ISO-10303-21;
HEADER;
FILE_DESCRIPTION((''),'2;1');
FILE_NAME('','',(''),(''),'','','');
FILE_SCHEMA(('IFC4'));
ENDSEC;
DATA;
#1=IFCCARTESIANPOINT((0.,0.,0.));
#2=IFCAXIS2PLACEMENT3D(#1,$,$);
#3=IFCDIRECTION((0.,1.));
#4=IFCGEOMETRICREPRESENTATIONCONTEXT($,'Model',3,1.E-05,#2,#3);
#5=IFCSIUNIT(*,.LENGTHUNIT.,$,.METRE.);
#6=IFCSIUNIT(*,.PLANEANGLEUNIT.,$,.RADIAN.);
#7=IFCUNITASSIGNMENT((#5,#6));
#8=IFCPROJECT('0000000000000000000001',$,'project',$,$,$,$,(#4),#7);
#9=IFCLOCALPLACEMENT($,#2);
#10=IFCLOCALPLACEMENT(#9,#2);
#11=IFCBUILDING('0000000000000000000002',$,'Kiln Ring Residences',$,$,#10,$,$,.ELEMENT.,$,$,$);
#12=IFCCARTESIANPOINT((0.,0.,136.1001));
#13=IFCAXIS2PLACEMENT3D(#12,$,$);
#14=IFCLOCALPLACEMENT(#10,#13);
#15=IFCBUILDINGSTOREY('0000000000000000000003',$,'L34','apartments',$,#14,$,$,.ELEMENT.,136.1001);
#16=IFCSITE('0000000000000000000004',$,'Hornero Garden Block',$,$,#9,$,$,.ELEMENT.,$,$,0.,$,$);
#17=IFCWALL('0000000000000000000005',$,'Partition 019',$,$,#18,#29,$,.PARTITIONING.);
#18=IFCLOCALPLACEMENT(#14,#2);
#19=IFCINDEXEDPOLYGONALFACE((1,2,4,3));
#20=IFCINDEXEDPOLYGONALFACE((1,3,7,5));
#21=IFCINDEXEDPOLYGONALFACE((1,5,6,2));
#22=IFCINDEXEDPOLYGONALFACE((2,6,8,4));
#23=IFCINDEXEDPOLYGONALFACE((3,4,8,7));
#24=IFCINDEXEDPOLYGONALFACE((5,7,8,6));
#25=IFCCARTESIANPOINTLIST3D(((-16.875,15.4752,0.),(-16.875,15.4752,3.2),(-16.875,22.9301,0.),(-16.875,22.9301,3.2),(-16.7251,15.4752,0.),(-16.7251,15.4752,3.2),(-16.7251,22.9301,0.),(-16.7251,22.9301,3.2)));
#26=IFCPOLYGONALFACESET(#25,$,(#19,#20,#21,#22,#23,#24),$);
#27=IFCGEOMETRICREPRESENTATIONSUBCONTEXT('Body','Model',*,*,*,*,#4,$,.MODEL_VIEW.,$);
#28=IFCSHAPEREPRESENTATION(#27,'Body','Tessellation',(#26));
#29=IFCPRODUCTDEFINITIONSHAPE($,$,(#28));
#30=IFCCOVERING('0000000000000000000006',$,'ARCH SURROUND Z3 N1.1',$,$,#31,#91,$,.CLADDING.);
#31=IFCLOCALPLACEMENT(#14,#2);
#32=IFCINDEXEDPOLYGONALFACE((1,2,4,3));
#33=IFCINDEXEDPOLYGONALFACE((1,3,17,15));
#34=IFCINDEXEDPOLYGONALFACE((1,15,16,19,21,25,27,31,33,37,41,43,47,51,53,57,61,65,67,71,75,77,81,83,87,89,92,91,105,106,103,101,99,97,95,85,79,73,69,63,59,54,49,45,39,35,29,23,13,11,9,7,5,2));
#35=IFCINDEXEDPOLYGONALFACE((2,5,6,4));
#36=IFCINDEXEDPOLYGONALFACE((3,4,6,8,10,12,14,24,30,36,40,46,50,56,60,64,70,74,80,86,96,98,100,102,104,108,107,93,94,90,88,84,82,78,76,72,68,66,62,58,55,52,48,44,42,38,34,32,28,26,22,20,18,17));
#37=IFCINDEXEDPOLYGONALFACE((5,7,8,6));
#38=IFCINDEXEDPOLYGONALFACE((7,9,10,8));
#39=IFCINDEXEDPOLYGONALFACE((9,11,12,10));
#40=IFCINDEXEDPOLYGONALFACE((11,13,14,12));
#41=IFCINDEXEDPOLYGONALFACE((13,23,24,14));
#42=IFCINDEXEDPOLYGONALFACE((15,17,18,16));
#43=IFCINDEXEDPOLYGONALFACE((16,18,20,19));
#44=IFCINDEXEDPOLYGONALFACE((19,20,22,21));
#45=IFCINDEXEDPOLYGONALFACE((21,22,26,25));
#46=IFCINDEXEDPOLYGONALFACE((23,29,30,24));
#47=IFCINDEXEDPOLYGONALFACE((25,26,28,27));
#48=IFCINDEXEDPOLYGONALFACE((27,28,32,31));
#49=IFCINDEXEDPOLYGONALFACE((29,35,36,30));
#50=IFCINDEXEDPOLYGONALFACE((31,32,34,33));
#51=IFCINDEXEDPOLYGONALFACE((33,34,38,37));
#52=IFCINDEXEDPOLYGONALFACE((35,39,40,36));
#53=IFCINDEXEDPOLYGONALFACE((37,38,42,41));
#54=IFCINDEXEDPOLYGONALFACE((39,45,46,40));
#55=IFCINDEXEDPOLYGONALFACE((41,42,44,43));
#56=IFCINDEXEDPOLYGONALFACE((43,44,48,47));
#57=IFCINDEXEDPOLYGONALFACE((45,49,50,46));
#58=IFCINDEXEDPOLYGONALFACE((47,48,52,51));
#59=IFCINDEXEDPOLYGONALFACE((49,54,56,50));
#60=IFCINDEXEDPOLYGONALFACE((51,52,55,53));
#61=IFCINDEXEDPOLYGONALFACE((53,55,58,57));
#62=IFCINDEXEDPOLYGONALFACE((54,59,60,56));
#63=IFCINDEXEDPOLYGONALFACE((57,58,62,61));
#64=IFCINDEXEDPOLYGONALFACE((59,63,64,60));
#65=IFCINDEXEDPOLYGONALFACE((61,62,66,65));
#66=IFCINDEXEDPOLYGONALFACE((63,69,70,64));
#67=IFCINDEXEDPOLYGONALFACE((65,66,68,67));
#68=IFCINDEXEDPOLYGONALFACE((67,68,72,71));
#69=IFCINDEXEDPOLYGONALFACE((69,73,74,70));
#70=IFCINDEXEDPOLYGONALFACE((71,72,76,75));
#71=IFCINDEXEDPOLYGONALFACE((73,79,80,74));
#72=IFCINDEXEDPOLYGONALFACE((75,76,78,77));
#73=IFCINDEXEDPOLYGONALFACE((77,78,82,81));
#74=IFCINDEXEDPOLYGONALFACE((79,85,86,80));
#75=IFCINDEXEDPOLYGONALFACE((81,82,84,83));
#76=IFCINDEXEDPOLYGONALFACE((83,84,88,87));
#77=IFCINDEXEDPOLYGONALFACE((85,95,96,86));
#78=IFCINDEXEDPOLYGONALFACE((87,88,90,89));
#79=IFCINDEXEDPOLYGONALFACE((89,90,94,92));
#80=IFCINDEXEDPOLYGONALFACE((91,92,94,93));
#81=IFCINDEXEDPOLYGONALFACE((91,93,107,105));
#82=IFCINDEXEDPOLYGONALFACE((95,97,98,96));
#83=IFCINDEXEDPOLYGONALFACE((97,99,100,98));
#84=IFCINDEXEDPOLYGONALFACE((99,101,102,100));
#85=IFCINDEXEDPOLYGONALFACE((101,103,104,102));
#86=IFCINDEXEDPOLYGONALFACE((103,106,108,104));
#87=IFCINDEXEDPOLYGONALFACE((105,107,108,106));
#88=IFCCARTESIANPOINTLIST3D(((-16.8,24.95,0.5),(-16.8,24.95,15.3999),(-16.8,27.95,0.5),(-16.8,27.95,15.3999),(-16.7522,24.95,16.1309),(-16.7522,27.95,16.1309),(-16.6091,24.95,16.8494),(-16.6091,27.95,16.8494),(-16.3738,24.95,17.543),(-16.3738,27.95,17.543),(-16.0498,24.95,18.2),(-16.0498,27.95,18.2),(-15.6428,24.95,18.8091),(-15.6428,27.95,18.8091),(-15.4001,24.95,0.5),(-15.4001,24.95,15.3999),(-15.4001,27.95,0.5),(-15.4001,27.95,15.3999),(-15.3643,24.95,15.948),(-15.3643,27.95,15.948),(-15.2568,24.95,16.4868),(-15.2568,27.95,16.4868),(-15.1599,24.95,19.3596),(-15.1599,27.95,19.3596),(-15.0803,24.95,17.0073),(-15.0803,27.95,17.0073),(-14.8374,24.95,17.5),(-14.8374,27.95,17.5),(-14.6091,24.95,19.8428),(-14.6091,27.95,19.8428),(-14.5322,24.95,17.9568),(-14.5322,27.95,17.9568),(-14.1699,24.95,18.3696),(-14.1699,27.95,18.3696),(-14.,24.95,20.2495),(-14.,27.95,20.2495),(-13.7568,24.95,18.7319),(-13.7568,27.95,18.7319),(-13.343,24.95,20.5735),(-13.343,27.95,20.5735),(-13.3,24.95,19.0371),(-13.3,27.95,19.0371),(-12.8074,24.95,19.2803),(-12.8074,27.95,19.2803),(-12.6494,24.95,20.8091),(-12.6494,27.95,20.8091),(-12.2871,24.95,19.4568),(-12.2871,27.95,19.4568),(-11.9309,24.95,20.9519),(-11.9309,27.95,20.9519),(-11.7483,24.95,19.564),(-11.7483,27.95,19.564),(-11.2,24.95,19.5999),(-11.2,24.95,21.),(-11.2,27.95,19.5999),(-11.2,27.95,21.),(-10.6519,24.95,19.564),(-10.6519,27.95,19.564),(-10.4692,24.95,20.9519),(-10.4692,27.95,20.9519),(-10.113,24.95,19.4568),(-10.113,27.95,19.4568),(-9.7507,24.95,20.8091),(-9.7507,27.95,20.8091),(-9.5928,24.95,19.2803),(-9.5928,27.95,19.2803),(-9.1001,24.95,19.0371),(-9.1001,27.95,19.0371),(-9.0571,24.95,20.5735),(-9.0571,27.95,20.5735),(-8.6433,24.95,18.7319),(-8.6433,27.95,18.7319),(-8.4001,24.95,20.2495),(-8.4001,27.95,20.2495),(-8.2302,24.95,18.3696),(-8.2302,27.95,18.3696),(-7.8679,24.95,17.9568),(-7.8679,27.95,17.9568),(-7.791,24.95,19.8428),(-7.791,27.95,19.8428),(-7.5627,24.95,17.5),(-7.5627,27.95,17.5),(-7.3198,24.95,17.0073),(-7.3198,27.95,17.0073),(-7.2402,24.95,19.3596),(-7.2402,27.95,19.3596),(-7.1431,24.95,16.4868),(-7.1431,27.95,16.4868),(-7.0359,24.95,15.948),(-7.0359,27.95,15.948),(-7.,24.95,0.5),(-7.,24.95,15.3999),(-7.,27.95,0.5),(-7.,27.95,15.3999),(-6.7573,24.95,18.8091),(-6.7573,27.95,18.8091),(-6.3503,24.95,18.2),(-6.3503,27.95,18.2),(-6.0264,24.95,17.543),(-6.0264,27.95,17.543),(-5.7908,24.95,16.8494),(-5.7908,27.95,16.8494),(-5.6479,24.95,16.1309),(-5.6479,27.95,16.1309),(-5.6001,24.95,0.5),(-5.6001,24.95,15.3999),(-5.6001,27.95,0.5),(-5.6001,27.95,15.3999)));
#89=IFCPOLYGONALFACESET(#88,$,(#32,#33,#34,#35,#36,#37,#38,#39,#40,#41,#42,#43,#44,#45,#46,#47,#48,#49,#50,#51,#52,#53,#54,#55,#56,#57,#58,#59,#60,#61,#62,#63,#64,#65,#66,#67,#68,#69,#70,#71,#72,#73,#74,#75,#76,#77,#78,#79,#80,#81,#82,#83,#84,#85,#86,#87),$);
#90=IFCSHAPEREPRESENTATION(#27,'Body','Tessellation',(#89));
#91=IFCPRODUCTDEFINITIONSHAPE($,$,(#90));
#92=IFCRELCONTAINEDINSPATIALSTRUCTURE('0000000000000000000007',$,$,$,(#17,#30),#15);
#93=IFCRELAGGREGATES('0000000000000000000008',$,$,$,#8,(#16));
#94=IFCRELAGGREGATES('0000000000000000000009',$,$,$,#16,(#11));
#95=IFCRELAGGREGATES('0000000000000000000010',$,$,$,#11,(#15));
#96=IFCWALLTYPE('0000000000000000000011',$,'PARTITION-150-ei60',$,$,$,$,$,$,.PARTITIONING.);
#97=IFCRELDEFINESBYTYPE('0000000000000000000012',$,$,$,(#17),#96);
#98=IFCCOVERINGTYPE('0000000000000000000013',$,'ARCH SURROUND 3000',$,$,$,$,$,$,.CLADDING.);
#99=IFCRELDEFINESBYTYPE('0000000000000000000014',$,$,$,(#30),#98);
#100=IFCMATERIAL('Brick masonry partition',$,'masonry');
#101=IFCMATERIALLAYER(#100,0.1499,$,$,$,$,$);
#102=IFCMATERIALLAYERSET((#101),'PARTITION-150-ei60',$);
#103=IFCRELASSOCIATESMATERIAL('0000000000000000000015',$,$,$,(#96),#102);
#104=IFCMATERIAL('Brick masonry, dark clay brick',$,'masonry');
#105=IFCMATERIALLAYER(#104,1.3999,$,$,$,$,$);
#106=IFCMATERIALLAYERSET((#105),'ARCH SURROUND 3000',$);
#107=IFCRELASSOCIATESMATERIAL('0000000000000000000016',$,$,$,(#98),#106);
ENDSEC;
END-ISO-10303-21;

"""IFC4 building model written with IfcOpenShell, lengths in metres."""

from ifc_helpers import new_model, si_unit, direction, frame, frame_2d, origin, place, context, subcontext, project, spatial, polyline, rectangle, outline, extrude, material, layer, layer_set, type_object, element, save


model = new_model("IFC4")

# Units and contexts
model_context = context("Model", 3, precision=1e-05, world=origin(), true_north=direction((0.0, 1.0)))
body_context = subcontext(model_context, "Body", "Model", "MODEL_VIEW")
ifc_project = project(units=[si_unit("LENGTHUNIT", "METRE"), si_unit("PLANEANGLEUNIT", "RADIAN")], contexts=[model_context])

# Site, building, storey
site_placement = place(None, origin())
site = spatial("IfcSite", under=ifc_project, at=site_placement, Name="Hornero Garden Block", CompositionType="ELEMENT", RefElevation=0.0)
building_placement = place(site_placement, origin())
building = spatial("IfcBuilding", under=site, at=building_placement, Name="Kiln Ring Residences", CompositionType="ELEMENT")
storey_placement = place(building_placement, frame((0.0, 0.0, 136.1001)))
storey = spatial("IfcBuildingStorey", under=building, at=storey_placement, Name="L34", Description="apartments", CompositionType="ELEMENT", Elevation=136.1001)

# Wall
ifc_material_1 = material(Name="Brick masonry partition", Category="masonry")
ifc_layer_1 = layer(ifc_material_1, 0.1499)
ifc_layer_set_1 = layer_set([ifc_layer_1], Name="PARTITION-150-ei60")
wall_type_1 = type_object("IfcWallType", Name="PARTITION-150-ei60", PredefinedType="PARTITIONING", material=ifc_layer_set_1)
wall_1_placement = place(storey_placement, frame((-16.8, 15.4751, 0.0), z_axis=(0.0, 0.0, 1.0), x_axis=(0.0, 1.0, 0.0)))
element("IfcWall", 1, at=wall_1_placement, inside=storey, type_object=wall_type_1, Name="Partition 019", PredefinedType="PARTITIONING", context=body_context, shape_type="SweptSolid", body=[
    extrude(rectangle(XDim=7.4548, YDim=0.1499, at=frame_2d((3.7275, 0.0))), origin(), (0.0, 0.0, 1.0), 3.2),
])

# Covering
ifc_material_2 = material(Name="Brick masonry, dark clay brick", Category="masonry")
ifc_layer_2 = layer(ifc_material_2, 1.3999)
ifc_layer_set_2 = layer_set([ifc_layer_2], Name="ARCH SURROUND 3000")
covering_type = type_object("IfcCoveringType", Name="ARCH SURROUND 3000", PredefinedType="CLADDING", material=ifc_layer_set_2)
covering_placement = place(storey_placement, frame((-16.8, 26.45, 0.5), z_axis=(0.0, 0.0, 1.0), x_axis=(1.0, 0.0, 0.0)))
element("IfcCovering", 2, at=covering_placement, inside=storey, type_object=covering_type, Name="ARCH SURROUND Z3 N1.1", PredefinedType="CLADDING", context=body_context, shape_type="SweptSolid", body=[
    extrude(outline(polyline([(0.0, 0.0), (0.0, 14.8999), (0.0479, 15.6309), (0.1909, 16.3494), (0.4263, 17.043), (0.7502, 17.7), (1.1572, 18.3091), (1.6401, 18.8596), (2.1909, 19.3428), (2.8, 19.7495), (3.457, 20.0735), (4.1506, 20.3091), (4.8691, 20.4519), (5.6001, 20.5), (6.3308, 20.4519), (7.0493, 20.3091), (7.7429, 20.0735), (8.3999, 19.7495), (9.009, 19.3428), (9.5598, 18.8596), (10.0427, 18.3091), (10.4497, 17.7), (10.7737, 17.043), (11.0093, 16.3494), (11.1521, 15.6309), (11.2, 14.8999), (11.2, 0.0), (9.8, 0.0), (9.8, 14.8999), (9.7642, 15.448), (9.657, 15.9868), (9.4802, 16.5073), (9.2373, 17.0), (8.9321, 17.4568), (8.5698, 17.8696), (8.1567, 18.2319), (7.7, 18.5371), (7.2073, 18.7803), (6.687, 18.9568), (6.1482, 19.064), (5.6001, 19.0999), (5.0518, 19.064), (4.5129, 18.9568), (3.9927, 18.7803), (3.5, 18.5371), (3.0432, 18.2319), (2.6301, 17.8696), (2.2678, 17.4568), (1.9626, 17.0), (1.7197, 16.5073), (1.5432, 15.9868), (1.4358, 15.448), (1.3999, 14.8999), (1.3999, 0.0), (0.0, 0.0)])), frame((0.0, 1.5, 0.0), z_axis=(0.0, -1.0, 0.0), x_axis=(1.0, 0.0, 0.0)), (0.0, 0.0, 1.0), 3.0),
])

save(model, "model.ifc")
